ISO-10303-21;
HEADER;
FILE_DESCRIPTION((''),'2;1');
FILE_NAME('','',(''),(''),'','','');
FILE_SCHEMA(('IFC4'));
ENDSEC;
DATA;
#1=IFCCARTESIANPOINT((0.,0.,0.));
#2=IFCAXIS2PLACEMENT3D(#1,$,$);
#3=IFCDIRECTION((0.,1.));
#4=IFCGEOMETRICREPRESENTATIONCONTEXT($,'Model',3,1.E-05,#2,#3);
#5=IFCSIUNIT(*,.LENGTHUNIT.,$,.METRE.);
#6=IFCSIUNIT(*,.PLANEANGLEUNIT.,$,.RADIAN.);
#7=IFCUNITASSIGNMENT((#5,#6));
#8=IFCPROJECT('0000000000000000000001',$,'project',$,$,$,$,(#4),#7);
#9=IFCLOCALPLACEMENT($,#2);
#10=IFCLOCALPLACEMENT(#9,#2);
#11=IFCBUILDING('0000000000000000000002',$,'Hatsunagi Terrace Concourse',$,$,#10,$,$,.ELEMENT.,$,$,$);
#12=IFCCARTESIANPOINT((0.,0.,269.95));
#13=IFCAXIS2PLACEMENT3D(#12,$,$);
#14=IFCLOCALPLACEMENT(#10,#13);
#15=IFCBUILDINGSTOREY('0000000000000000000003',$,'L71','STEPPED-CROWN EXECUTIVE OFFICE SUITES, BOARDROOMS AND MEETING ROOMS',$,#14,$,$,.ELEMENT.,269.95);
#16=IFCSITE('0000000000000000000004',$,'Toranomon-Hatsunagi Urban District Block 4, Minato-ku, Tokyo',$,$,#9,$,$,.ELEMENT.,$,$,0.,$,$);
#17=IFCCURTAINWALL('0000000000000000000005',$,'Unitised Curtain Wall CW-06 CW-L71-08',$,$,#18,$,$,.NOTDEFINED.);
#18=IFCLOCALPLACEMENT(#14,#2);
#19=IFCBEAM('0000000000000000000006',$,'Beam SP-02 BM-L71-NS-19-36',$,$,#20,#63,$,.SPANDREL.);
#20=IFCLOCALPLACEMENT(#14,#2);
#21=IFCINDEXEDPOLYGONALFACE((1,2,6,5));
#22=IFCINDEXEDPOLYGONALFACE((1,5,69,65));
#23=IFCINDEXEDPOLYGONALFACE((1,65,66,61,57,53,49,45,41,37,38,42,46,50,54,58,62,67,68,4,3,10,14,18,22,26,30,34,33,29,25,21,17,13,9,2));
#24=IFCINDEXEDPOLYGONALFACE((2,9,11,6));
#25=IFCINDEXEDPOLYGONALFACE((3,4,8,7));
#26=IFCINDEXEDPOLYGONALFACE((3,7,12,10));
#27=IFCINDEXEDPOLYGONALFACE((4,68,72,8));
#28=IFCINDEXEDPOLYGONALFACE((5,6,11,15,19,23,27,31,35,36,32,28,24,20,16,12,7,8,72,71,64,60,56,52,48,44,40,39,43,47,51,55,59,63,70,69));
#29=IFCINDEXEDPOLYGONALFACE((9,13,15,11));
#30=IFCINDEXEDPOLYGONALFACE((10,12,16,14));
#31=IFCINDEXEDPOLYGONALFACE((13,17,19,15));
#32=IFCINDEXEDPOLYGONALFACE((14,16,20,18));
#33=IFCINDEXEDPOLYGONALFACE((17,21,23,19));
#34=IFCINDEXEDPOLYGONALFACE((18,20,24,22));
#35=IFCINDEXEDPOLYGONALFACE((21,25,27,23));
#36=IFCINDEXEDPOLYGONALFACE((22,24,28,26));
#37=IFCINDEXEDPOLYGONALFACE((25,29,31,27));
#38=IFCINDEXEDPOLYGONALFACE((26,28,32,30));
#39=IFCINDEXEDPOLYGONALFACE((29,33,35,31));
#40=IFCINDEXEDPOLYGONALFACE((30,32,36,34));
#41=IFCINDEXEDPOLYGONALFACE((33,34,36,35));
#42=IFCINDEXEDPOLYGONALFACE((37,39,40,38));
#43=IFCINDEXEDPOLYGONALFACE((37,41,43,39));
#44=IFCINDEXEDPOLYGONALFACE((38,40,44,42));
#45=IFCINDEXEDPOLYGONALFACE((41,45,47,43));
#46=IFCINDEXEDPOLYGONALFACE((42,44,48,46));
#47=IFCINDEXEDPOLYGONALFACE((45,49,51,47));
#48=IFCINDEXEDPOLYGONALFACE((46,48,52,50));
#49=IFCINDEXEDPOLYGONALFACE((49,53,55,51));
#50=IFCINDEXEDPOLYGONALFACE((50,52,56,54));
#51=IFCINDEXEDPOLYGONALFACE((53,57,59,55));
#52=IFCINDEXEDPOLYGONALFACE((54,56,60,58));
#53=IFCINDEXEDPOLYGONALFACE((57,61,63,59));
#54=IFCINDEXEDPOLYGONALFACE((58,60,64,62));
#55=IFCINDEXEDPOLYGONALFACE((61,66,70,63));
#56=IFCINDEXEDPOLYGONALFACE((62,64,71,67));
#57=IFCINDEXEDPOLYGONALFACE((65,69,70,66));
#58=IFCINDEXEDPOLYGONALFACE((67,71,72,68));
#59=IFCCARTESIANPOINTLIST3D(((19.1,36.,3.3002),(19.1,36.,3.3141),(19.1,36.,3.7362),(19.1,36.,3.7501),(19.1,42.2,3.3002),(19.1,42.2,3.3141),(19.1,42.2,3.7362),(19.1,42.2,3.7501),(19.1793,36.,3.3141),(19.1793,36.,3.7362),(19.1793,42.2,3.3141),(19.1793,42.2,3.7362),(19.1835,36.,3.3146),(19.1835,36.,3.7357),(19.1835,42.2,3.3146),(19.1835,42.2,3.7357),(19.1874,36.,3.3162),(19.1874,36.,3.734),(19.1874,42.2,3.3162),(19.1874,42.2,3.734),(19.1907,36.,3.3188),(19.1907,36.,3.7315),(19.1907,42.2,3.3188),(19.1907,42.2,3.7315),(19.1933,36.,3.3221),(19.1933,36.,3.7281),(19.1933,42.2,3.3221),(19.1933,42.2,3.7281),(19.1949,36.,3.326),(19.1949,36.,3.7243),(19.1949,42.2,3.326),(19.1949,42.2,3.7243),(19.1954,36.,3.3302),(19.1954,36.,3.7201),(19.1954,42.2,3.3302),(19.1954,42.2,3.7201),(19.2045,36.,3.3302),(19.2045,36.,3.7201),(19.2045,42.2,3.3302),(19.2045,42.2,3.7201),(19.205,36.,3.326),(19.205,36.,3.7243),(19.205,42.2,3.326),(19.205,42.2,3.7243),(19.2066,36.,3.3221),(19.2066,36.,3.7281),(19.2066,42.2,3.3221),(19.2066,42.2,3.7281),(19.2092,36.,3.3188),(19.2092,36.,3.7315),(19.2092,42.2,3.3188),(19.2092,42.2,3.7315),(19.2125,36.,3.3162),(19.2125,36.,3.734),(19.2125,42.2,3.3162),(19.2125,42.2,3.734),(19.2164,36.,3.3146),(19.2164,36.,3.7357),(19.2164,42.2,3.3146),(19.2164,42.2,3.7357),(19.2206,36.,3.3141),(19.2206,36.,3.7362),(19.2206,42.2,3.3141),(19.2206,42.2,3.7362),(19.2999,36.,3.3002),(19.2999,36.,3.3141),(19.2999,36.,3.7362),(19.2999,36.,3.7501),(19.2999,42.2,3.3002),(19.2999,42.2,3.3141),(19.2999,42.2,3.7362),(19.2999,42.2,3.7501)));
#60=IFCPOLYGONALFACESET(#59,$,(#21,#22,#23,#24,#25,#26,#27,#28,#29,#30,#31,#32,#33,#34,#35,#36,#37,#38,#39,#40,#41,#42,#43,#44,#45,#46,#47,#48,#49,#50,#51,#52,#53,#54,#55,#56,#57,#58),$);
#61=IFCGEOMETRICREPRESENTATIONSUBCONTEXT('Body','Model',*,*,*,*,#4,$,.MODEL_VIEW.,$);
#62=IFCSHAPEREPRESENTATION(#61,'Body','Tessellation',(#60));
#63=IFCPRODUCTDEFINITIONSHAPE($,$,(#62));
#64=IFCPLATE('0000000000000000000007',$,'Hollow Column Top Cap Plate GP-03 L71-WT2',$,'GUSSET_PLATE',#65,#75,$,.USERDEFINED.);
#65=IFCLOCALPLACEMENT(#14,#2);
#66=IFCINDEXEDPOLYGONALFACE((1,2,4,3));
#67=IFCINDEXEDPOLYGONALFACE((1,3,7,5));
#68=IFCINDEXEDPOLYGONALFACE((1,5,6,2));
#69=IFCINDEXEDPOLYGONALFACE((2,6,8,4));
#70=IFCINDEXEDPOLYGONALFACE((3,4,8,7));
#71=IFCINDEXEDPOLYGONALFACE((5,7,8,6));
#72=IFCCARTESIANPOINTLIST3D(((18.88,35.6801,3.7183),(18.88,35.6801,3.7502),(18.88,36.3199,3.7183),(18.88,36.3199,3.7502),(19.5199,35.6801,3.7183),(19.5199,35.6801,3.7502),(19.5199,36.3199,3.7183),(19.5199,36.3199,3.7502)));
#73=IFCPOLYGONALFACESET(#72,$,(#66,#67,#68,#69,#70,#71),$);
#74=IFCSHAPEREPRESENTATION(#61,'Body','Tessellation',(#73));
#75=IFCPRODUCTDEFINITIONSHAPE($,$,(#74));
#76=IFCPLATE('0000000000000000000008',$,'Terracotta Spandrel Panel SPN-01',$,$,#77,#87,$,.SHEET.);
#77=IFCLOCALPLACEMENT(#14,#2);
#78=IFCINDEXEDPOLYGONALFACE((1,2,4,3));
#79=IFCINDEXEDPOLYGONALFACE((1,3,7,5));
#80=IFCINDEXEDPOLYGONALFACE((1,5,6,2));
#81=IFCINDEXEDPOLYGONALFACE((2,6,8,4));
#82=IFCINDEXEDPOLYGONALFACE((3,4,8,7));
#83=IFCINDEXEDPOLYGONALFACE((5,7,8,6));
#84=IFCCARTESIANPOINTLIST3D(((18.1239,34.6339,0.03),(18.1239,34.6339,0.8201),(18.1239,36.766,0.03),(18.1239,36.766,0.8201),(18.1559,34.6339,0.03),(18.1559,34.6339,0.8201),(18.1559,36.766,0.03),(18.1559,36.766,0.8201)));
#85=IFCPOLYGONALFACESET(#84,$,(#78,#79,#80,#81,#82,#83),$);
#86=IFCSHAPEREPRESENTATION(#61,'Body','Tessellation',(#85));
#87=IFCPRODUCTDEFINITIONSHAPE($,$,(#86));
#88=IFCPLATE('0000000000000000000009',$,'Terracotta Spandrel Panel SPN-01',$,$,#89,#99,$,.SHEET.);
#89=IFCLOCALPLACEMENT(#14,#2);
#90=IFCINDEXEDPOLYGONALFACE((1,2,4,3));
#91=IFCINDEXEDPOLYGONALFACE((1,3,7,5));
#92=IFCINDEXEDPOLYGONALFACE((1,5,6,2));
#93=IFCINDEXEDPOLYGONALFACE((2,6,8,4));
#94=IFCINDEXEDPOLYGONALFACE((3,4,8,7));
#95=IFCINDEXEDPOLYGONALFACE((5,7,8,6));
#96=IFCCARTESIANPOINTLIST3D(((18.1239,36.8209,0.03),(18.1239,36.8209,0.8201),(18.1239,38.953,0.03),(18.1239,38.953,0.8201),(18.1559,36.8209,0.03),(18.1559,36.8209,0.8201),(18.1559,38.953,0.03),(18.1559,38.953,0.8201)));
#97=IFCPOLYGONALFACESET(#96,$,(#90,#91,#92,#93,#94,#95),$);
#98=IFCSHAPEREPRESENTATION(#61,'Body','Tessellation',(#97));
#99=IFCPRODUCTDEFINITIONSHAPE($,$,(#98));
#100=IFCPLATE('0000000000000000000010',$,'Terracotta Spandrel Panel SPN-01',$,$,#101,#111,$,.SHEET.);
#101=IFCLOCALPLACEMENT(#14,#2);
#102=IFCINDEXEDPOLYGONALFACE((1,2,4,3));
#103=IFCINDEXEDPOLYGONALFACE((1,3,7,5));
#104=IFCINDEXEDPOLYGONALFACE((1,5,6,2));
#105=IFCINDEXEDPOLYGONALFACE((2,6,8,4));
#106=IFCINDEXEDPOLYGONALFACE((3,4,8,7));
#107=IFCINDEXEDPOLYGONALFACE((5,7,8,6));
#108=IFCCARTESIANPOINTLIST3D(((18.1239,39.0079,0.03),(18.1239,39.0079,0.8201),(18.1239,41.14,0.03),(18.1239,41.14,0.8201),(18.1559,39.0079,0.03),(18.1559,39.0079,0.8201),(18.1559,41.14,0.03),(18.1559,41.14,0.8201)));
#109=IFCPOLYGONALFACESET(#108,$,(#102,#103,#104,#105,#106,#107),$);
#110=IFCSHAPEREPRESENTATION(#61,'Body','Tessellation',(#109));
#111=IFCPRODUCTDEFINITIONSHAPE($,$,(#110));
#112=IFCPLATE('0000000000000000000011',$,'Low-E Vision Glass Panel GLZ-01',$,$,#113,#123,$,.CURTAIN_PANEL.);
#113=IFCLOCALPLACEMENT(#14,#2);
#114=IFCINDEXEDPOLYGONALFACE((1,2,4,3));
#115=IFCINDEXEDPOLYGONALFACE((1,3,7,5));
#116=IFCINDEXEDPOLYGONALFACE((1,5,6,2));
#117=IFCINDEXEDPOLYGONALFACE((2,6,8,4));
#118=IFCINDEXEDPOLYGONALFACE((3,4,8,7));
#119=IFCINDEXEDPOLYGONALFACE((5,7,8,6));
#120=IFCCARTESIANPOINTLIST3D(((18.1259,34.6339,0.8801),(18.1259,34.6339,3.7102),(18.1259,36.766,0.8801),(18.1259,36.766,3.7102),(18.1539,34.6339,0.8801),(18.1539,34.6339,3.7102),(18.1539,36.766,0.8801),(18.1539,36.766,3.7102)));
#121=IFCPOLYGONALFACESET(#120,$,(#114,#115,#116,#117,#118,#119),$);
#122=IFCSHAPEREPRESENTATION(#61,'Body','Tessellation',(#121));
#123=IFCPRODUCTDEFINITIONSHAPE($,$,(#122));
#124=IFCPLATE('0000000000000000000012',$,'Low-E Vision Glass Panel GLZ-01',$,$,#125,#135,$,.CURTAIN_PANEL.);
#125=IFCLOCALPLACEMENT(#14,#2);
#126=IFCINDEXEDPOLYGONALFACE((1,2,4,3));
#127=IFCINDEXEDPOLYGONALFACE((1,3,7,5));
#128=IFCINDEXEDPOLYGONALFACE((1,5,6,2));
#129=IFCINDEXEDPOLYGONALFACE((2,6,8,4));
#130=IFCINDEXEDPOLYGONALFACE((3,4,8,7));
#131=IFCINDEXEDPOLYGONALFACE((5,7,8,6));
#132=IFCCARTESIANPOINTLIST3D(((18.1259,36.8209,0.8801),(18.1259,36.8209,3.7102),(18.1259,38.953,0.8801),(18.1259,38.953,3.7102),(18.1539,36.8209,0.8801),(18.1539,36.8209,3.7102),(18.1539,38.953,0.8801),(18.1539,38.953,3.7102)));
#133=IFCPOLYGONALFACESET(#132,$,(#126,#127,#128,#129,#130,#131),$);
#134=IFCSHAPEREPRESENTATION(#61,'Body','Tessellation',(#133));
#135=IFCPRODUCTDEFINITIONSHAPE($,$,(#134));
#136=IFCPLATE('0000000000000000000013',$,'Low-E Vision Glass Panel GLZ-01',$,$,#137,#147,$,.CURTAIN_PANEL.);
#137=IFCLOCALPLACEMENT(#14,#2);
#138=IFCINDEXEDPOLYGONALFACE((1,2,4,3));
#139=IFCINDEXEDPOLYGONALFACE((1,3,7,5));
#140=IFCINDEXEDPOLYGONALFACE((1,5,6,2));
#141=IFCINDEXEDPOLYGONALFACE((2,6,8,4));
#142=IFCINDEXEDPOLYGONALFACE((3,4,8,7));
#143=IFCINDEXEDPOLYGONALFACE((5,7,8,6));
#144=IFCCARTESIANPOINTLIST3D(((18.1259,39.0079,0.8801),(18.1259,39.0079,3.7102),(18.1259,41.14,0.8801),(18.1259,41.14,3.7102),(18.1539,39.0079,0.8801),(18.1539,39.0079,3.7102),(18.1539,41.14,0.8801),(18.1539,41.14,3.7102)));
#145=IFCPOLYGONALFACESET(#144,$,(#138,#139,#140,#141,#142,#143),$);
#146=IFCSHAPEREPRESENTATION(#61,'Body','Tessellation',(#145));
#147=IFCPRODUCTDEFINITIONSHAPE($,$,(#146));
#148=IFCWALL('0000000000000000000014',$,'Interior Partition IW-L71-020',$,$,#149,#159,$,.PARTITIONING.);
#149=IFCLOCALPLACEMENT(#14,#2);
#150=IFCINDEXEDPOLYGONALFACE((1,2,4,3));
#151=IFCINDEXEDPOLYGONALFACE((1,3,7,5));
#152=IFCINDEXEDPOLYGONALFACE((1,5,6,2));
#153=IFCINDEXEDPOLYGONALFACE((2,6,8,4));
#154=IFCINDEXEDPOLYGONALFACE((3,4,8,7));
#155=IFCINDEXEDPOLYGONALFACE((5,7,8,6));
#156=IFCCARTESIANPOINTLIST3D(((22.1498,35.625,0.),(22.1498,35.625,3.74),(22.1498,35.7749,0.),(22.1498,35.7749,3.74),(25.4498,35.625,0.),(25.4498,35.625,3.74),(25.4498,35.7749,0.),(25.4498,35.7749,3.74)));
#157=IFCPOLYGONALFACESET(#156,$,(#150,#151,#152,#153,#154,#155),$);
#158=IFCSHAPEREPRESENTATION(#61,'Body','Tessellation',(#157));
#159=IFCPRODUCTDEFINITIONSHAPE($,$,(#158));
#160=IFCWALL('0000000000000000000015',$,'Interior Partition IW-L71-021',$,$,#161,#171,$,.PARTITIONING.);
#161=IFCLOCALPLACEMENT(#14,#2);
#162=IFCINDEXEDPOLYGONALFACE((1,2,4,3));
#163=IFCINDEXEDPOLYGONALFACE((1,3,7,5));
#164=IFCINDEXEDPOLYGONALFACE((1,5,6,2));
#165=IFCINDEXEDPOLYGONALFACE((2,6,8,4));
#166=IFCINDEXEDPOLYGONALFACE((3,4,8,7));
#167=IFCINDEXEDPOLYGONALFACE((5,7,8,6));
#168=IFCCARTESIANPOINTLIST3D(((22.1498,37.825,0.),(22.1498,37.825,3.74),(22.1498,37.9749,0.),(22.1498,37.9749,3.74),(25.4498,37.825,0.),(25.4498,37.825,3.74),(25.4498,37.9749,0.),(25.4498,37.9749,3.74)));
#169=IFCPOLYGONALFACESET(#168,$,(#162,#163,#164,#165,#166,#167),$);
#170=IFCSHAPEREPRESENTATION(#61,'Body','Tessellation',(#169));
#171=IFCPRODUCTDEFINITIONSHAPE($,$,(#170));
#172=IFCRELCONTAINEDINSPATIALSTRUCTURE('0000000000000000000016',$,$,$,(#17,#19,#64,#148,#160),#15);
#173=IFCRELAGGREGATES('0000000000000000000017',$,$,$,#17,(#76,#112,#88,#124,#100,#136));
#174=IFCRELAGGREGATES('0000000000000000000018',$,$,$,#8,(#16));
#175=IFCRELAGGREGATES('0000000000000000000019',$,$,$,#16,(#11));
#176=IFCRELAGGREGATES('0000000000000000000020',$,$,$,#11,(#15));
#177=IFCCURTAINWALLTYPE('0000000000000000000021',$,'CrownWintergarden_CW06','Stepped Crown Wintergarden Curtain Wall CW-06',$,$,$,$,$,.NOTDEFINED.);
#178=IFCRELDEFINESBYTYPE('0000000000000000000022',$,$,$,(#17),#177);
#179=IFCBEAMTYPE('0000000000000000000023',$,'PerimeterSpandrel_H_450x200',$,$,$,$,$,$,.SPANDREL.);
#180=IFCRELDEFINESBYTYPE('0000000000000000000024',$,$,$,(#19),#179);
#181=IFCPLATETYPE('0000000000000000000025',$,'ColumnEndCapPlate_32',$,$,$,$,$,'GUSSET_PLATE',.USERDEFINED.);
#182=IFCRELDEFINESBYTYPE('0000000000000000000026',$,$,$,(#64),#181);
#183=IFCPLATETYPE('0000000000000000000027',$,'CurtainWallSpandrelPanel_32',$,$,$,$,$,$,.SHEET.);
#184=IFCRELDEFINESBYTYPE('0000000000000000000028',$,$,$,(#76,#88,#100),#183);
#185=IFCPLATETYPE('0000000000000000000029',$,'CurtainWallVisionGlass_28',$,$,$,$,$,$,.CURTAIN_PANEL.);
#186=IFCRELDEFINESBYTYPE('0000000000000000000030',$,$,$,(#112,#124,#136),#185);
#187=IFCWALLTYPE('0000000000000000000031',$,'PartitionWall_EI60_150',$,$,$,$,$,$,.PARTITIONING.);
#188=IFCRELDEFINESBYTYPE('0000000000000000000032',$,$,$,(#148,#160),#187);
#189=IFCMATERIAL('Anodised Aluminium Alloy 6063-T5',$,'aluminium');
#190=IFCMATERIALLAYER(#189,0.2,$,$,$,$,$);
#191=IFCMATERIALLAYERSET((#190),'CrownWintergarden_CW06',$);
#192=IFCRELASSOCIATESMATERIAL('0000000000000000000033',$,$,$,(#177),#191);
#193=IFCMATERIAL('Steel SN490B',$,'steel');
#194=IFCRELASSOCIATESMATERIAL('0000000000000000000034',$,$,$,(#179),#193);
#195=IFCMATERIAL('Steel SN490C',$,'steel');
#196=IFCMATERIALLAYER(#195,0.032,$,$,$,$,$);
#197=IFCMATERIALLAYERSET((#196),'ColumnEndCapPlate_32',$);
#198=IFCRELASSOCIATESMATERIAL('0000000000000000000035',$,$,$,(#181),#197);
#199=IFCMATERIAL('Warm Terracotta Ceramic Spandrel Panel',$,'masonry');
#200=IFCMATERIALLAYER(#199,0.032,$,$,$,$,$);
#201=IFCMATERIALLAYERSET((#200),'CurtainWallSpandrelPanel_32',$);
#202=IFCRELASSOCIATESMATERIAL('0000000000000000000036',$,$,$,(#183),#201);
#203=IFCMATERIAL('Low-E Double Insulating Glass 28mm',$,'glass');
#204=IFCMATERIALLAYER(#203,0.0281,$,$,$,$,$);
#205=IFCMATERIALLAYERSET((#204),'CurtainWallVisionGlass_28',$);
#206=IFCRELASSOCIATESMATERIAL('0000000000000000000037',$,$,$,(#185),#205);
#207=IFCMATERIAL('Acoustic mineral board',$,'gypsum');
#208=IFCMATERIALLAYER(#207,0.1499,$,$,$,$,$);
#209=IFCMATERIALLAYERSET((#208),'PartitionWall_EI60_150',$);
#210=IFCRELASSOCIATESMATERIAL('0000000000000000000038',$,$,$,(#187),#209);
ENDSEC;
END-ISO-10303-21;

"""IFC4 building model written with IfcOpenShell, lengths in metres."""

from ifc_helpers import new_model, si_unit, direction, frame, frame_2d, origin, origin_2d, place, context, subcontext, project, spatial, rectangle, i_section, extrude, material, layer, layer_set, material_profile, profile_set, type_object, element, aggregate, save


model = new_model("IFC4")

# Units and contexts
model_context = context("Model", 3, precision=1e-05, world=origin(), true_north=direction((0.0, 1.0)))
body_context = subcontext(model_context, "Body", "Model", "MODEL_VIEW")
ifc_project = project(units=[si_unit("LENGTHUNIT", "METRE"), si_unit("PLANEANGLEUNIT", "RADIAN")], contexts=[model_context])

# Site, building, storey
site_placement = place(None, origin())
site = spatial("IfcSite", under=ifc_project, at=site_placement, Name="Toranomon-Hatsunagi Urban District Block 4, Minato-ku, Tokyo", CompositionType="ELEMENT", RefElevation=0.0)
building_placement = place(site_placement, origin())
building = spatial("IfcBuilding", under=site, at=building_placement, Name="Hatsunagi Terrace Concourse", CompositionType="ELEMENT")
storey_placement = place(building_placement, frame((0.0, 0.0, 269.95)))
storey = spatial("IfcBuildingStorey", under=building, at=storey_placement, Name="L71", Description="STEPPED-CROWN EXECUTIVE OFFICE SUITES, BOARDROOMS AND MEETING ROOMS", CompositionType="ELEMENT", Elevation=269.95)

# Curtain wall
ifc_material_1 = material(Name="Anodised Aluminium Alloy 6063-T5", Category="aluminium")
ifc_layer_1 = layer(ifc_material_1, 0.2)
ifc_layer_set_1 = layer_set([ifc_layer_1], Name="CrownWintergarden_CW06")
curtain_wall_type = type_object("IfcCurtainWallType", Name="CrownWintergarden_CW06", Description="Stepped Crown Wintergarden Curtain Wall CW-06", PredefinedType="NOTDEFINED", material=ifc_layer_set_1)
curtain_wall_placement = place(storey_placement, origin())
curtain_wall = element("IfcCurtainWall", 1, at=curtain_wall_placement, inside=storey, type_object=curtain_wall_type, Name="Unitised Curtain Wall CW-06 CW-L71-08", PredefinedType="NOTDEFINED")

# Beam
ifc_material_2 = material(Name="Steel SN490B", Category="steel")
ifc_material_profile_1 = material_profile(ifc_material_2, i_section(OverallWidth=0.2, OverallDepth=0.45, WebThickness=0.009, FlangeThickness=0.0139, FilletRadius=0.0161, at=origin_2d()), Name="H-450x200x9x14")
ifc_profile_set_1 = profile_set([ifc_material_profile_1], Name="Steel SN490B")
beam_type_1 = type_object("IfcBeamType", Name="PerimeterSpandrel_H_450x200", PredefinedType="SPANDREL", material=ifc_profile_set_1)
beam_1_placement = place(storey_placement, frame((19.2, 36.0, 3.5251), z_axis=(0.0, 1.0, 0.0), x_axis=(-1.0, 0.0, 0.0)))
element("IfcBeam", 2, at=beam_1_placement, inside=storey, type_object=beam_type_1, Name="Beam SP-02 BM-L71-NS-19-36", PredefinedType="SPANDREL", context=body_context, shape_type="SweptSolid", body=[
    extrude(i_section(OverallWidth=0.2, OverallDepth=0.45, WebThickness=0.009, FlangeThickness=0.0139, FilletRadius=0.0161, at=origin_2d()), origin(), (0.0, 0.0, 1.0), 6.2),
])

# Plates
ifc_material_3 = material(Name="Steel SN490C", Category="steel")
ifc_layer_2 = layer(ifc_material_3, 0.032)
ifc_layer_set_2 = layer_set([ifc_layer_2], Name="ColumnEndCapPlate_32")
plate_type_1 = type_object("IfcPlateType", Name="ColumnEndCapPlate_32", ElementType="GUSSET_PLATE", PredefinedType="USERDEFINED", material=ifc_layer_set_2)
plate_1_placement = place(storey_placement, frame((19.2, 36.0, 3.7183), z_axis=(0.0, 0.0, 1.0), x_axis=(1.0, 0.0, 0.0)))
element("IfcPlate", 3, at=plate_1_placement, inside=storey, type_object=plate_type_1, Name="Hollow Column Top Cap Plate GP-03 L71-WT2", ObjectType="GUSSET_PLATE", PredefinedType="USERDEFINED", context=body_context, shape_type="SweptSolid", body=[
    extrude(rectangle(XDim=0.6399, YDim=0.6399, at=origin_2d()), origin(), (0.0, 0.0, 1.0), 0.032),
])
ifc_material_4 = material(Name="Warm Terracotta Ceramic Spandrel Panel", Category="masonry")
ifc_layer_3 = layer(ifc_material_4, 0.032)
ifc_layer_set_3 = layer_set([ifc_layer_3], Name="CurtainWallSpandrelPanel_32")
plate_type_2 = type_object("IfcPlateType", Name="CurtainWallSpandrelPanel_32", PredefinedType="SHEET", material=ifc_layer_set_3)
plate_2_placement = place(storey_placement, frame((18.1399, 35.7, 0.03), z_axis=(0.0, 0.0, 1.0), x_axis=(0.0, 1.0, 0.0)))
plate_2 = element("IfcPlate", 4, at=plate_2_placement, type_object=plate_type_2, Name="Terracotta Spandrel Panel SPN-01", PredefinedType="SHEET", context=body_context, shape_type="SweptSolid", body=[
    extrude(rectangle(XDim=2.1321, YDim=0.032, at=origin_2d()), origin(), (0.0, 0.0, 1.0), 0.79),
])
plate_3_placement = place(storey_placement, frame((18.1399, 37.887, 0.03), z_axis=(0.0, 0.0, 1.0), x_axis=(0.0, 1.0, 0.0)))
plate_3 = element("IfcPlate", 5, at=plate_3_placement, type_object=plate_type_2, Name="Terracotta Spandrel Panel SPN-01", PredefinedType="SHEET", context=body_context, shape_type="SweptSolid", body=[
    extrude(rectangle(XDim=2.1321, YDim=0.032, at=origin_2d()), origin(), (0.0, 0.0, 1.0), 0.79),
])
plate_4_placement = place(storey_placement, frame((18.1399, 40.074, 0.03), z_axis=(0.0, 0.0, 1.0), x_axis=(0.0, 1.0, 0.0)))
plate_4 = element("IfcPlate", 6, at=plate_4_placement, type_object=plate_type_2, Name="Terracotta Spandrel Panel SPN-01", PredefinedType="SHEET", context=body_context, shape_type="SweptSolid", body=[
    extrude(rectangle(XDim=2.1321, YDim=0.032, at=origin_2d()), origin(), (0.0, 0.0, 1.0), 0.79),
])
ifc_material_5 = material(Name="Low-E Double Insulating Glass 28mm", Category="glass")
ifc_layer_4 = layer(ifc_material_5, 0.0281)
ifc_layer_set_4 = layer_set([ifc_layer_4], Name="CurtainWallVisionGlass_28")
plate_type_3 = type_object("IfcPlateType", Name="CurtainWallVisionGlass_28", PredefinedType="CURTAIN_PANEL", material=ifc_layer_set_4)
plate_5_placement = place(storey_placement, frame((18.1399, 35.7, 0.8801), z_axis=(0.0, 0.0, 1.0), x_axis=(0.0, 1.0, 0.0)))
plate_5 = element("IfcPlate", 7, at=plate_5_placement, type_object=plate_type_3, Name="Low-E Vision Glass Panel GLZ-01", PredefinedType="CURTAIN_PANEL", context=body_context, shape_type="SweptSolid", body=[
    extrude(rectangle(XDim=2.1321, YDim=0.0281, at=origin_2d()), origin(), (0.0, 0.0, 1.0), 2.8301),
])
plate_6_placement = place(storey_placement, frame((18.1399, 37.887, 0.8801), z_axis=(0.0, 0.0, 1.0), x_axis=(0.0, 1.0, 0.0)))
plate_6 = element("IfcPlate", 8, at=plate_6_placement, type_object=plate_type_3, Name="Low-E Vision Glass Panel GLZ-01", PredefinedType="CURTAIN_PANEL", context=body_context, shape_type="SweptSolid", body=[
    extrude(rectangle(XDim=2.1321, YDim=0.0281, at=origin_2d()), origin(), (0.0, 0.0, 1.0), 2.8301),
])
plate_7_placement = place(storey_placement, frame((18.1399, 40.074, 0.8801), z_axis=(0.0, 0.0, 1.0), x_axis=(0.0, 1.0, 0.0)))
plate_7 = element("IfcPlate", 9, at=plate_7_placement, type_object=plate_type_3, Name="Low-E Vision Glass Panel GLZ-01", PredefinedType="CURTAIN_PANEL", context=body_context, shape_type="SweptSolid", body=[
    extrude(rectangle(XDim=2.1321, YDim=0.0281, at=origin_2d()), origin(), (0.0, 0.0, 1.0), 2.8301),
])
aggregate(curtain_wall, [plate_2, plate_5, plate_3, plate_6, plate_4, plate_7])

# Walls
ifc_material_6 = material(Name="Acoustic mineral board", Category="gypsum")
ifc_layer_5 = layer(ifc_material_6, 0.1499)
ifc_layer_set_5 = layer_set([ifc_layer_5], Name="PartitionWall_EI60_150")
wall_type = type_object("IfcWallType", Name="PartitionWall_EI60_150", PredefinedType="PARTITIONING", material=ifc_layer_set_5)
for number, where, z_axis, x_axis, name in (
    (10, (22.1499, 35.7, 0.0), (0.0, 0.0, 1.0), (1.0, 0.0, 0.0), "Interior Partition IW-L71-020"),
    (11, (22.1499, 37.8999, 0.0), (0.0, 0.0, 1.0), (1.0, 0.0, 0.0), "Interior Partition IW-L71-021"),
):
    element("IfcWall", number, at=place(storey_placement, frame(where, z_axis=z_axis, x_axis=x_axis)), inside=storey, type_object=wall_type, Name=name, PredefinedType="PARTITIONING", context=body_context, shape_type="SweptSolid", body=[
        extrude(rectangle(XDim=3.3, YDim=0.1499, at=frame_2d((1.6499, 0.0))), origin(), (0.0, 0.0, 1.0), 3.74),
    ])

save(model, "model.ifc")
